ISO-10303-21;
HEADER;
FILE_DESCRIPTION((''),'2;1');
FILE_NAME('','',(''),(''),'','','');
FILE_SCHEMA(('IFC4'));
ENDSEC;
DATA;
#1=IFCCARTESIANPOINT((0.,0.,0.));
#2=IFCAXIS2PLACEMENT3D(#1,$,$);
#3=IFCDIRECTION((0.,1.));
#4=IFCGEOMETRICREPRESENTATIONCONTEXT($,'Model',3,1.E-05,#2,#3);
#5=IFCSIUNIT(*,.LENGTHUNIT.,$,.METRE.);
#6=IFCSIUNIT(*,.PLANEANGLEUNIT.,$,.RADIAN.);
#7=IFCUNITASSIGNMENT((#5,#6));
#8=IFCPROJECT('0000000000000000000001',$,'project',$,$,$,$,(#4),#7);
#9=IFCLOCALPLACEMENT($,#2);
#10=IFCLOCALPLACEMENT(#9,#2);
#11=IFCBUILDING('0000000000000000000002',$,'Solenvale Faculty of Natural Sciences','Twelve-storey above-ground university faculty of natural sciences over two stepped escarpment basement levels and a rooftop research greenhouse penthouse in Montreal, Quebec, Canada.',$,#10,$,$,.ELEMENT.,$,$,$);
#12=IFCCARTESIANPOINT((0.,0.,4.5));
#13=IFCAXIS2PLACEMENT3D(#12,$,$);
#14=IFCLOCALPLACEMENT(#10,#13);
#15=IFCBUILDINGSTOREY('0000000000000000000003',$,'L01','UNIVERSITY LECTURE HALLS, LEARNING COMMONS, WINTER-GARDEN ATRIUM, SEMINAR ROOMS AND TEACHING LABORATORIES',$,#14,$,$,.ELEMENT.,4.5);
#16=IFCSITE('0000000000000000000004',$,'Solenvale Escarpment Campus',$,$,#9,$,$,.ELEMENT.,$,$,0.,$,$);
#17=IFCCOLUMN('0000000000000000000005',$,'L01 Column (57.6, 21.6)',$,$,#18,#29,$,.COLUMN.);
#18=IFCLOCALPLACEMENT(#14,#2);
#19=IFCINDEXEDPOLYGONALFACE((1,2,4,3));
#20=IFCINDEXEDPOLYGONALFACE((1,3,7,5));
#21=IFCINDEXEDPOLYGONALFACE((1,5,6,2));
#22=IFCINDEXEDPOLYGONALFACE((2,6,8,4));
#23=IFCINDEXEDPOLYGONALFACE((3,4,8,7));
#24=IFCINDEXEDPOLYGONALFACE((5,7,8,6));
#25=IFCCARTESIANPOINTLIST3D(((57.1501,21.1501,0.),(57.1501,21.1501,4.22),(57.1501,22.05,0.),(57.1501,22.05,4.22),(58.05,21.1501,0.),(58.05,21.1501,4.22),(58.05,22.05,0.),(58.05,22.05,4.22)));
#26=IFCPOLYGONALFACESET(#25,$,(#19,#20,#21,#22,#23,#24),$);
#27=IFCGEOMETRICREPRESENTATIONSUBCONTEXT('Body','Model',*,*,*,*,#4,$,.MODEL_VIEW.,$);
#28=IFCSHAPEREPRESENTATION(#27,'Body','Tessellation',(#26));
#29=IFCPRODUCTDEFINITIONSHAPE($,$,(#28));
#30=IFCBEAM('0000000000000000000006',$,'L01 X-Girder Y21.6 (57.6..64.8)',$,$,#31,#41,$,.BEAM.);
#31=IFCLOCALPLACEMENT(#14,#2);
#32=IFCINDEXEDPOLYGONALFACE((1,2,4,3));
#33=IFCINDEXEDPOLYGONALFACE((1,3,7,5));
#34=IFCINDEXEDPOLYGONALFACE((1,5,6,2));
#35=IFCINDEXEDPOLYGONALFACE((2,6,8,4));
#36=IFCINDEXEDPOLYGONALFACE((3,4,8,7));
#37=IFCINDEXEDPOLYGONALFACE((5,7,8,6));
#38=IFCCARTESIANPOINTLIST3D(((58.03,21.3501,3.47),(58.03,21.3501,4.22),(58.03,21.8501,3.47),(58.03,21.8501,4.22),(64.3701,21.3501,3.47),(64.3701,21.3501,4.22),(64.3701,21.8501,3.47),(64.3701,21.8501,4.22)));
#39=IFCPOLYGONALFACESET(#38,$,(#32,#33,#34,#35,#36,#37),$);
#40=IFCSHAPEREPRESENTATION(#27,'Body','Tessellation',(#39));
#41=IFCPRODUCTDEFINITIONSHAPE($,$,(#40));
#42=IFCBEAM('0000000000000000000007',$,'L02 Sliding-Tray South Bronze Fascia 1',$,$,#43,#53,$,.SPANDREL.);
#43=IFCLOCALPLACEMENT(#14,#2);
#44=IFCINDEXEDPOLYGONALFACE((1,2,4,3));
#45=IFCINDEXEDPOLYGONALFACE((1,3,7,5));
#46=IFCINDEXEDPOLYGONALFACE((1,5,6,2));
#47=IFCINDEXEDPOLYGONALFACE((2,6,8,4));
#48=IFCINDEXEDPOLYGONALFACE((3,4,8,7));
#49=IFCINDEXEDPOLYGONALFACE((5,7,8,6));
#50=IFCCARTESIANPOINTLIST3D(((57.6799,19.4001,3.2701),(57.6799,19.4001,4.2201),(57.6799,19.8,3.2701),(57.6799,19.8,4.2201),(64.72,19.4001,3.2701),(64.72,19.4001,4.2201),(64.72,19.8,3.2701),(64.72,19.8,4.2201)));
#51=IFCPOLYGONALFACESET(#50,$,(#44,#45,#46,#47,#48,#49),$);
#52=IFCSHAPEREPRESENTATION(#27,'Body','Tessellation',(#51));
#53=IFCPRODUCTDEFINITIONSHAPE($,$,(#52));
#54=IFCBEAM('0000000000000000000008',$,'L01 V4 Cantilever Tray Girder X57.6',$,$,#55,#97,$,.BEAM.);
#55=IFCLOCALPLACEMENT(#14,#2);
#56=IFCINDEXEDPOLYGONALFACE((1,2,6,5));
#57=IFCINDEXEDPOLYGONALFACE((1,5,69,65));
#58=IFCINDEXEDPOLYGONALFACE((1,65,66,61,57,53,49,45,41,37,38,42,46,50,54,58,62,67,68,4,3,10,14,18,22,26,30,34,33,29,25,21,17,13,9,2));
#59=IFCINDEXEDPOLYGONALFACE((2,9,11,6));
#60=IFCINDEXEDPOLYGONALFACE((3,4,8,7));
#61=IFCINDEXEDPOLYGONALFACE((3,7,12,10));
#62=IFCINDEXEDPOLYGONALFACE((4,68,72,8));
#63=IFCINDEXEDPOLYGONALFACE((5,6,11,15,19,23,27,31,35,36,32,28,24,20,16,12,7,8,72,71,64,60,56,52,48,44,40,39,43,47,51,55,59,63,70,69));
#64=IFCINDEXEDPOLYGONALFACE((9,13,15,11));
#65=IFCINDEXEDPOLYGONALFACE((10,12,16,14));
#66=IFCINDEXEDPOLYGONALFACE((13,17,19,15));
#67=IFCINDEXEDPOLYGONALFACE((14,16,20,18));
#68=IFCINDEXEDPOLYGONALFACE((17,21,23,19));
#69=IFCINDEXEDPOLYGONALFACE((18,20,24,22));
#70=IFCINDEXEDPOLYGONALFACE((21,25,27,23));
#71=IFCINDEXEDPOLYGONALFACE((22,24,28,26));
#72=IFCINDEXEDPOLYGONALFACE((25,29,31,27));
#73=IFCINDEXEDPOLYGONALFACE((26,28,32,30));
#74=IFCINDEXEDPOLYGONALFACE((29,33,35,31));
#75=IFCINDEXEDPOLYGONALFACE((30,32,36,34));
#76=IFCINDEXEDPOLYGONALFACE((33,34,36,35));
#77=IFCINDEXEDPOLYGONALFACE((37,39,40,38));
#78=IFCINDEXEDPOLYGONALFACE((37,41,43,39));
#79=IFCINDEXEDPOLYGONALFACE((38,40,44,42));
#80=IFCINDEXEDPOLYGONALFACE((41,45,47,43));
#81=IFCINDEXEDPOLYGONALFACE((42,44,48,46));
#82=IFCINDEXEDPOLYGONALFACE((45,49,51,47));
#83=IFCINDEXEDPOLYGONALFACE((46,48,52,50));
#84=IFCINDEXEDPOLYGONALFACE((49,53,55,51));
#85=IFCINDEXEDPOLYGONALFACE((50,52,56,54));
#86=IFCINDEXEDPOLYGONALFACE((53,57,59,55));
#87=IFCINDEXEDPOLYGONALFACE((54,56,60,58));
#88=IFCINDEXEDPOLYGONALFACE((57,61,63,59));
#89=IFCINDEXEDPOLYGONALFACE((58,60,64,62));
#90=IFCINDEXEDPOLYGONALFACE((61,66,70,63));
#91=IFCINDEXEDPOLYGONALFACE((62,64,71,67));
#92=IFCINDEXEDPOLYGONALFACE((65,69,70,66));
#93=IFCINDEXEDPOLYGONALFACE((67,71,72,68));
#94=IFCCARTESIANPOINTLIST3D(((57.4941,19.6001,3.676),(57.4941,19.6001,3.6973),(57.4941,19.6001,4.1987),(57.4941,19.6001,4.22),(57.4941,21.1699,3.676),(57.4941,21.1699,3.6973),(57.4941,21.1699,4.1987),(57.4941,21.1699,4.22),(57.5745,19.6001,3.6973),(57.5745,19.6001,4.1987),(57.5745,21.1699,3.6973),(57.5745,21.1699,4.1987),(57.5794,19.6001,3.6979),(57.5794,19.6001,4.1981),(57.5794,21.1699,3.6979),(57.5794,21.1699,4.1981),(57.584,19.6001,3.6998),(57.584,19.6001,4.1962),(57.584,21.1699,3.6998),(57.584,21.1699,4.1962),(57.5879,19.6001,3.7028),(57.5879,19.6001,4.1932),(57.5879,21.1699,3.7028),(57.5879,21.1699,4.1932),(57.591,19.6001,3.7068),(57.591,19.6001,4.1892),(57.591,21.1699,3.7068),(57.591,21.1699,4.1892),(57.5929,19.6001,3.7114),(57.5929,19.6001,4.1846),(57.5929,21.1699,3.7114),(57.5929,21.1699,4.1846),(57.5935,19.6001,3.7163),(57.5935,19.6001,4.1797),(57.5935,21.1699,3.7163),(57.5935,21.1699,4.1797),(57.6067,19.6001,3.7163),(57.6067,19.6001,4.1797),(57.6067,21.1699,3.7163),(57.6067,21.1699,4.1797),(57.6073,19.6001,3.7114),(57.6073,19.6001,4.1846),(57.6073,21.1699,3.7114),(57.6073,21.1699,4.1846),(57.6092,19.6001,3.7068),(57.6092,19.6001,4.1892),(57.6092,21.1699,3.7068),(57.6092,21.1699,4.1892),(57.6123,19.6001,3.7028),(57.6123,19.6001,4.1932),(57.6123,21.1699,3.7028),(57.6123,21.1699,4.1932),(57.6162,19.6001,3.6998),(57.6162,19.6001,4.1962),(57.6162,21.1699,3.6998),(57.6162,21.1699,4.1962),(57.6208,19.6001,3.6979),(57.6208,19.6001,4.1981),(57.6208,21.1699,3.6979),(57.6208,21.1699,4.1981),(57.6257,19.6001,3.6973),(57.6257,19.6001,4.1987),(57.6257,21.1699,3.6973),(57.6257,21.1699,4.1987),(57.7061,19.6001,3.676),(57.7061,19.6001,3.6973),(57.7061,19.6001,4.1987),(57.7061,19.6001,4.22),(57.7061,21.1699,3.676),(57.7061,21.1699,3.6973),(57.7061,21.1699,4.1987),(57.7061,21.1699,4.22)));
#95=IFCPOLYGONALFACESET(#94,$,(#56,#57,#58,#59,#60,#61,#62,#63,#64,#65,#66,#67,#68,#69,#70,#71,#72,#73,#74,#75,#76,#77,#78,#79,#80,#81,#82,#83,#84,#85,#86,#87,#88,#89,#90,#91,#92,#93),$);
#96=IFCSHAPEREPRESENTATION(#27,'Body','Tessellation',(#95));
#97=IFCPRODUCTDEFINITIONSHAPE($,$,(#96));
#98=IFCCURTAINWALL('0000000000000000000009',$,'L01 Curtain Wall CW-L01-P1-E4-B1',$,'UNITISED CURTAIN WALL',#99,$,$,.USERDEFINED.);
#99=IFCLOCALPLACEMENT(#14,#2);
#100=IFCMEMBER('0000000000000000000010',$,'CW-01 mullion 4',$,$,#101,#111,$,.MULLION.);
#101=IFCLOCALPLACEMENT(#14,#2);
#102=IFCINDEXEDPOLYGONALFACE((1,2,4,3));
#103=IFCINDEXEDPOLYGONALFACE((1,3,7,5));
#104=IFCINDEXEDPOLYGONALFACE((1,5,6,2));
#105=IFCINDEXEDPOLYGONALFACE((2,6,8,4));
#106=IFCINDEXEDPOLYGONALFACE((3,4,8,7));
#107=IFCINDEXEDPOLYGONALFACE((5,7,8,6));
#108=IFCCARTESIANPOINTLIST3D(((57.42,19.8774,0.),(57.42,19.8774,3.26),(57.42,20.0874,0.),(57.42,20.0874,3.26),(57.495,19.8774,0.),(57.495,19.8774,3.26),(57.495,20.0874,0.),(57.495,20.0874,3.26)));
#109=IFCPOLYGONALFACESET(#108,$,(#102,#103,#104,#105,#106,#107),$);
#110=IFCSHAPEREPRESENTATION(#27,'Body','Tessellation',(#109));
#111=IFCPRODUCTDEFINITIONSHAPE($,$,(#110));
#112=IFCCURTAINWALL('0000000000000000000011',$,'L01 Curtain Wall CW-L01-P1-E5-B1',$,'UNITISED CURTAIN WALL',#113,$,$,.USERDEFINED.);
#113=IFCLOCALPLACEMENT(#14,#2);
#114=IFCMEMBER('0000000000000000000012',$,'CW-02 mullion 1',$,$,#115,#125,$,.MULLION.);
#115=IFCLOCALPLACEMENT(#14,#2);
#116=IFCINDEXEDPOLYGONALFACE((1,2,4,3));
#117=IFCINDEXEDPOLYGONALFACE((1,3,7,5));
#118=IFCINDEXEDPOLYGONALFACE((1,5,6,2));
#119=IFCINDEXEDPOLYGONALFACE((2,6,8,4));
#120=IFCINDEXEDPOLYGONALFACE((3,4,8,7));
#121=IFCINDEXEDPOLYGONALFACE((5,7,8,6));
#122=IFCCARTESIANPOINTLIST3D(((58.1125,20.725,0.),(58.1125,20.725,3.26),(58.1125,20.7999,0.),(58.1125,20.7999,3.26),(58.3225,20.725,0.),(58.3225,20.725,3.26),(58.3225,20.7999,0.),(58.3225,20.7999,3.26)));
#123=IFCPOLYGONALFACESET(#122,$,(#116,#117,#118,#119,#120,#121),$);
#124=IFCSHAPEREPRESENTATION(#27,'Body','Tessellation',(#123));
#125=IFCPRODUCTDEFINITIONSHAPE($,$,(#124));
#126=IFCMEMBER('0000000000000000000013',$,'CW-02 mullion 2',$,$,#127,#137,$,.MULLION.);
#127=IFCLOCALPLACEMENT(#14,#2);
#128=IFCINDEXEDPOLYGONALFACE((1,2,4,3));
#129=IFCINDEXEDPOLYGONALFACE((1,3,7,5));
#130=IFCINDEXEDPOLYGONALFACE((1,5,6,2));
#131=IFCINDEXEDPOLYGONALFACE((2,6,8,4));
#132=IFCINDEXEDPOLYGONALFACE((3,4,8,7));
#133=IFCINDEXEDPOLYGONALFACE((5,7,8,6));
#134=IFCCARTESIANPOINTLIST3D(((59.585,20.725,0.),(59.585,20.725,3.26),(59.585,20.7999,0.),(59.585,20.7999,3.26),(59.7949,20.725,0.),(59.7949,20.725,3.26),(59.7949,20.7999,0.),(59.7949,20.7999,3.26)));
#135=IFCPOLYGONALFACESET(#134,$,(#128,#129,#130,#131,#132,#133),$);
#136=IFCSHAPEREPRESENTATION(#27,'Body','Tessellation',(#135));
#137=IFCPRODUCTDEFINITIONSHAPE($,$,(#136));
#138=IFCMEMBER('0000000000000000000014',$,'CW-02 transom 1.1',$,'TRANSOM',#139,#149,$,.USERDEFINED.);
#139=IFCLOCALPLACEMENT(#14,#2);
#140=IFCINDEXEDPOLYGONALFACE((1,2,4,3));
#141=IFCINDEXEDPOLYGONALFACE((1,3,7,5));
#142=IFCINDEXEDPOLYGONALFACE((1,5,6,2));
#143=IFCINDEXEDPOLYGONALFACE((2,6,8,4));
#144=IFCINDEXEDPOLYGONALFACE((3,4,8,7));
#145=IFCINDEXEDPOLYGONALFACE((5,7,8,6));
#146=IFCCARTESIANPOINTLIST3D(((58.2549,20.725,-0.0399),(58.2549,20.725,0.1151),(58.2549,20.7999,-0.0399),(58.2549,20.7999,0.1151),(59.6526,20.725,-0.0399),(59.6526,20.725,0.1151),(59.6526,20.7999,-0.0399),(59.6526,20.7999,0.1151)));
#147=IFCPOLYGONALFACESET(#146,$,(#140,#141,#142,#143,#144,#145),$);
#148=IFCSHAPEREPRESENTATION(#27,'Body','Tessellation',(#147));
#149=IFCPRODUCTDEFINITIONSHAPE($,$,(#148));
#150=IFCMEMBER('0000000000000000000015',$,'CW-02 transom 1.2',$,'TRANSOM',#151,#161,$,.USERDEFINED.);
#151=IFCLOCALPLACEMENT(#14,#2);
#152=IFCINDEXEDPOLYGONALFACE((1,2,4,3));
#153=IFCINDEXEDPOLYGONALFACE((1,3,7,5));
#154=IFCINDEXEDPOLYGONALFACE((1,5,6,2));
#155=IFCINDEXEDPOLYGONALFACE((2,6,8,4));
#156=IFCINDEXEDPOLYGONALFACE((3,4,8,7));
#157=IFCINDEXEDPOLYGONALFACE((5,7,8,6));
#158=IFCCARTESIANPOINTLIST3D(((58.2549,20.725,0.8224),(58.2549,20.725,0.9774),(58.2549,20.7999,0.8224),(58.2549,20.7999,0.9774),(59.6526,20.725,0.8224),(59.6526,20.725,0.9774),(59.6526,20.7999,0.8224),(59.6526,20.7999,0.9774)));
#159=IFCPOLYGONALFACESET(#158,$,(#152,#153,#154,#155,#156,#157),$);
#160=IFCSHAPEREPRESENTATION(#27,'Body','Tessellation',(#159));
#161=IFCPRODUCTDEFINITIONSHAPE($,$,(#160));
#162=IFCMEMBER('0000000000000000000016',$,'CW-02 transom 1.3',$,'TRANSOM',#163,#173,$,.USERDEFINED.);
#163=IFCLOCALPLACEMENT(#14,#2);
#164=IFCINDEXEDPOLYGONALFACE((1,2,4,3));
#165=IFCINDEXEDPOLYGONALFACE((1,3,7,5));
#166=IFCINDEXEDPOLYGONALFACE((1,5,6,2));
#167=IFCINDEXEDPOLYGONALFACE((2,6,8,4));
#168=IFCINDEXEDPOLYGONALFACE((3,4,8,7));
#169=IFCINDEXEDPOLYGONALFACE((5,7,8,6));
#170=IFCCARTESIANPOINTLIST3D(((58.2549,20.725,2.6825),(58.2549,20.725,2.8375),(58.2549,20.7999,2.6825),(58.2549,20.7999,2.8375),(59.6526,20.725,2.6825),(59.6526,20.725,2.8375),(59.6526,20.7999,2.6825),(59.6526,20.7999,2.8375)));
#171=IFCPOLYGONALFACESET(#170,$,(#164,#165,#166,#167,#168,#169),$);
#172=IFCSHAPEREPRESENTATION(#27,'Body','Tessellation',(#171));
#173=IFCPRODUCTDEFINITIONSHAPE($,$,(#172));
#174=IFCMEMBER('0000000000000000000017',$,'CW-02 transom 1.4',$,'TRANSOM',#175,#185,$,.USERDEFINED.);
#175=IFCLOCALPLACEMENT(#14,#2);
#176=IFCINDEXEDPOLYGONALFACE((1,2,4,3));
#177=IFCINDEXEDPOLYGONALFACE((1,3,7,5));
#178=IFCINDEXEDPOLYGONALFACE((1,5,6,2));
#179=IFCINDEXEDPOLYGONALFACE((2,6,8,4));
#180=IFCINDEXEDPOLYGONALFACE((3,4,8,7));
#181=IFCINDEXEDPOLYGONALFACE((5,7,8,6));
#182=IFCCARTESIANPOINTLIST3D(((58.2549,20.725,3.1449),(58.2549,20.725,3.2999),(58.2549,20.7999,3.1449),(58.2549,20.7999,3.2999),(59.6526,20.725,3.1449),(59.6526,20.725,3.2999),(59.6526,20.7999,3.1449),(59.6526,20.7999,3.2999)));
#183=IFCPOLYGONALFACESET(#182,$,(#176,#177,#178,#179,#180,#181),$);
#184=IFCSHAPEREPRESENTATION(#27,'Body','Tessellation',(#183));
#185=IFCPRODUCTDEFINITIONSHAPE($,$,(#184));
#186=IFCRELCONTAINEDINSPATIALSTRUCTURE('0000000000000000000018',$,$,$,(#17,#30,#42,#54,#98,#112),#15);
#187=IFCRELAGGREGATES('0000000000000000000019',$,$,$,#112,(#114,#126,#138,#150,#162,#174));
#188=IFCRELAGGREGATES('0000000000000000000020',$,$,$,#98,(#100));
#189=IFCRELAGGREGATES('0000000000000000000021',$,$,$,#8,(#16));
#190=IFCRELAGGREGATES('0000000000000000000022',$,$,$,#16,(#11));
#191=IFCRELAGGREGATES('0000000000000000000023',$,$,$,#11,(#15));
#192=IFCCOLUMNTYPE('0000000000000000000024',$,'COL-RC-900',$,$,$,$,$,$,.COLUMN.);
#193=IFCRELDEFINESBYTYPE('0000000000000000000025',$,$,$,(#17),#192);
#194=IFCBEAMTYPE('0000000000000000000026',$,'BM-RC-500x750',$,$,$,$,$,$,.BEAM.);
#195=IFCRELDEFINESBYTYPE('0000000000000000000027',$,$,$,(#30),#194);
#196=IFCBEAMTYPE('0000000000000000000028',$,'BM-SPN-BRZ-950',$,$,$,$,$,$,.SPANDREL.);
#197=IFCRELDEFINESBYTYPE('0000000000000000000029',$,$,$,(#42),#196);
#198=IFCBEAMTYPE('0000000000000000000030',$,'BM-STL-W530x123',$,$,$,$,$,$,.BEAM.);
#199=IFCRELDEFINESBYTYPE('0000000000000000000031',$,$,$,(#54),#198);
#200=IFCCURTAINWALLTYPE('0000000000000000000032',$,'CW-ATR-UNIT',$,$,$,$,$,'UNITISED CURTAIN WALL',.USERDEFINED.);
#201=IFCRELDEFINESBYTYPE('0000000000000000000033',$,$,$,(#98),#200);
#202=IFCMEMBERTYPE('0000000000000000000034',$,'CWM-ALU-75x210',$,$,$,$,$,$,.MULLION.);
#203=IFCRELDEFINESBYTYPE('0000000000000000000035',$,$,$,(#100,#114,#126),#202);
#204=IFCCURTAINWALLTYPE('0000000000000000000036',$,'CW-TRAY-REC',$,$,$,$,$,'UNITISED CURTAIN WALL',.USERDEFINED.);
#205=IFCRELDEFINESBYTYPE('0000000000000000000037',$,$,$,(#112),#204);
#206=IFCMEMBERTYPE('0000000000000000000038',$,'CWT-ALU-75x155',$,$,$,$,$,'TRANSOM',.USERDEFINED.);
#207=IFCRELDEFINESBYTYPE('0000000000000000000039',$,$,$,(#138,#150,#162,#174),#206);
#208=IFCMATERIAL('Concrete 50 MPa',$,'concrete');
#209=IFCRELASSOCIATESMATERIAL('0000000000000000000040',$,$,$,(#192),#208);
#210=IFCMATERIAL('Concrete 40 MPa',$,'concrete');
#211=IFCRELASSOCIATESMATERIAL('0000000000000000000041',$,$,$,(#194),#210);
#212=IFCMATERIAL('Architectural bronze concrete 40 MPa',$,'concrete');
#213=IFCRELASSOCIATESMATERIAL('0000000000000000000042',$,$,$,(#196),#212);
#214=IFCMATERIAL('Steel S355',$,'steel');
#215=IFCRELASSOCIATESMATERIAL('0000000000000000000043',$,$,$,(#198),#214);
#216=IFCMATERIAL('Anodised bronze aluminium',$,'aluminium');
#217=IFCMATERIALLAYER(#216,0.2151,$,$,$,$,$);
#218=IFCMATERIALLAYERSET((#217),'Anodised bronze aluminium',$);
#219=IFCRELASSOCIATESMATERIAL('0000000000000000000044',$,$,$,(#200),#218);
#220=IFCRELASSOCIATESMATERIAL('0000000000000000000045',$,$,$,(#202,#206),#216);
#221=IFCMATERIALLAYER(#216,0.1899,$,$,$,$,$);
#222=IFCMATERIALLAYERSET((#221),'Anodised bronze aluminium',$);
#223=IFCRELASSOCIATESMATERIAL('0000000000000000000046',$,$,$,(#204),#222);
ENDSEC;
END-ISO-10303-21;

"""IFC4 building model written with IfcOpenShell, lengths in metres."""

from ifc_helpers import new_model, si_unit, direction, frame, origin, origin_2d, place, context, subcontext, project, spatial, rectangle, i_section, extrude, material, layer, layer_set, material_profile, profile_set, type_object, element, aggregate, save


model = new_model("IFC4")

# Units and contexts
model_context = context("Model", 3, precision=1e-05, world=origin(), true_north=direction((0.0, 1.0)))
body_context = subcontext(model_context, "Body", "Model", "MODEL_VIEW")
ifc_project = project(units=[si_unit("LENGTHUNIT", "METRE"), si_unit("PLANEANGLEUNIT", "RADIAN")], contexts=[model_context])

# Site, building, storey
site_placement = place(None, origin())
site = spatial("IfcSite", under=ifc_project, at=site_placement, Name="Solenvale Escarpment Campus", CompositionType="ELEMENT", RefElevation=0.0)
building_placement = place(site_placement, origin())
building = spatial("IfcBuilding", under=site, at=building_placement, Name="Solenvale Faculty of Natural Sciences", Description="Twelve-storey above-ground university faculty of natural sciences over two stepped escarpment basement levels and a rooftop research greenhouse penthouse in Montreal, Quebec, Canada.", CompositionType="ELEMENT")
storey_placement = place(building_placement, frame((0.0, 0.0, 4.5)))
storey = spatial("IfcBuildingStorey", under=building, at=storey_placement, Name="L01", Description="UNIVERSITY LECTURE HALLS, LEARNING COMMONS, WINTER-GARDEN ATRIUM, SEMINAR ROOMS AND TEACHING LABORATORIES", CompositionType="ELEMENT", Elevation=4.5)

# Column
ifc_material_1 = material(Name="Concrete 50 MPa", Category="concrete")
ifc_material_profile_1 = material_profile(ifc_material_1, rectangle(XDim=0.8999, YDim=0.8999, at=origin_2d()), Name="RC-COL-900x900")
ifc_profile_set_1 = profile_set([ifc_material_profile_1], Name="Concrete 50 MPa")
column_type = type_object("IfcColumnType", Name="COL-RC-900", PredefinedType="COLUMN", material=ifc_profile_set_1)
column_placement = place(storey_placement, frame((57.6001, 21.6001, 0.0), z_axis=(0.0, 0.0, 1.0), x_axis=(1.0, 0.0, 0.0)))
element("IfcColumn", 1, at=column_placement, inside=storey, type_object=column_type, Name="L01 Column (57.6, 21.6)", PredefinedType="COLUMN", context=body_context, shape_type="SweptSolid", body=[
    extrude(rectangle(XDim=0.8999, YDim=0.8999, at=origin_2d()), origin(), (0.0, 0.0, 1.0), 4.22),
])

# Beams
ifc_material_2 = material(Name="Concrete 40 MPa", Category="concrete")
ifc_material_profile_2 = material_profile(ifc_material_2, rectangle(XDim=0.5, YDim=0.75, at=origin_2d()), Name="RC-BM-500x750")
ifc_profile_set_2 = profile_set([ifc_material_profile_2], Name="Concrete 40 MPa")
beam_type_1 = type_object("IfcBeamType", Name="BM-RC-500x750", PredefinedType="BEAM", material=ifc_profile_set_2)
beam_1_placement = place(storey_placement, frame((58.03, 21.6001, 3.845), z_axis=(1.0, 0.0, 0.0), x_axis=(0.0, 1.0, 0.0)))
element("IfcBeam", 2, at=beam_1_placement, inside=storey, type_object=beam_type_1, Name="L01 X-Girder Y21.6 (57.6..64.8)", PredefinedType="BEAM", context=body_context, shape_type="SweptSolid", body=[
    extrude(rectangle(XDim=0.5, YDim=0.75, at=origin_2d()), origin(), (0.0, 0.0, 1.0), 6.3401),
])
ifc_material_3 = material(Name="Architectural bronze concrete 40 MPa", Category="concrete")
ifc_material_profile_3 = material_profile(ifc_material_3, rectangle(XDim=0.3999, YDim=0.95, at=origin_2d()), Name="RC-SPN-400x950")
ifc_profile_set_3 = profile_set([ifc_material_profile_3], Name="Architectural bronze concrete 40 MPa")
beam_type_2 = type_object("IfcBeamType", Name="BM-SPN-BRZ-950", PredefinedType="SPANDREL", material=ifc_profile_set_3)
beam_2_placement = place(storey_placement, frame((57.6799, 19.6001, 3.7451), z_axis=(1.0, 0.0, 0.0), x_axis=(0.0, 1.0, 0.0)))
element("IfcBeam", 3, at=beam_2_placement, inside=storey, type_object=beam_type_2, Name="L02 Sliding-Tray South Bronze Fascia 1", PredefinedType="SPANDREL", context=body_context, shape_type="SweptSolid", body=[
    extrude(rectangle(XDim=0.3999, YDim=0.95, at=origin_2d()), origin(), (0.0, 0.0, 1.0), 7.04),
])
ifc_material_4 = material(Name="Steel S355", Category="steel")
ifc_material_profile_4 = material_profile(ifc_material_4, i_section(OverallWidth=0.2119, OverallDepth=0.5439, WebThickness=0.0132, FlangeThickness=0.0212, FilletRadius=0.019, at=origin_2d()), Name="W530x123")
ifc_profile_set_4 = profile_set([ifc_material_profile_4], Name="Steel S355")
beam_type_3 = type_object("IfcBeamType", Name="BM-STL-W530x123", PredefinedType="BEAM", material=ifc_profile_set_4)
beam_3_placement = place(storey_placement, frame((57.6001, 21.1699, 3.948), z_axis=(0.0, -1.0, 0.0), x_axis=(1.0, 0.0, 0.0)))
element("IfcBeam", 4, at=beam_3_placement, inside=storey, type_object=beam_type_3, Name="L01 V4 Cantilever Tray Girder X57.6", PredefinedType="BEAM", context=body_context, shape_type="SweptSolid", body=[
    extrude(i_section(OverallWidth=0.2119, OverallDepth=0.5439, WebThickness=0.0132, FlangeThickness=0.0212, FilletRadius=0.019, at=origin_2d()), origin(), (0.0, 0.0, 1.0), 1.5698),
])

# Curtain wall, member
ifc_material_5 = material(Name="Anodised bronze aluminium", Category="aluminium")
ifc_layer_1 = layer(ifc_material_5, 0.2151)
ifc_layer_set_1 = layer_set([ifc_layer_1], Name="Anodised bronze aluminium")
curtain_wall_type_1 = type_object("IfcCurtainWallType", Name="CW-ATR-UNIT", ElementType="UNITISED CURTAIN WALL", PredefinedType="USERDEFINED", material=ifc_layer_set_1)
curtain_wall_1_placement = place(storey_placement, origin())
curtain_wall_1 = element("IfcCurtainWall", 5, at=curtain_wall_1_placement, inside=storey, type_object=curtain_wall_type_1, Name="L01 Curtain Wall CW-L01-P1-E4-B1", ObjectType="UNITISED CURTAIN WALL", PredefinedType="USERDEFINED")
ifc_material_profile_5 = material_profile(ifc_material_5, rectangle(XDim=0.075, YDim=0.21, at=origin_2d()), Name="ALU-MUL-75x210")
ifc_profile_set_5 = profile_set([ifc_material_profile_5], Name="Anodised bronze aluminium")
member_type_1 = type_object("IfcMemberType", Name="CWM-ALU-75x210", PredefinedType="MULLION", material=ifc_profile_set_5)
member_1_placement = place(storey_placement, frame((57.4575, 19.9824, 0.0), z_axis=(0.0, 0.0, 1.0), x_axis=(-1.0, 0.0, 0.0)))
member_1 = element("IfcMember", 6, at=member_1_placement, type_object=member_type_1, Name="CW-01 mullion 4", PredefinedType="MULLION", context=body_context, shape_type="SweptSolid", body=[
    extrude(rectangle(XDim=0.075, YDim=0.21, at=origin_2d()), origin(), (0.0, 0.0, 1.0), 3.26),
])

# Curtain wall, members
ifc_layer_2 = layer(ifc_material_5, 0.1899)
ifc_layer_set_2 = layer_set([ifc_layer_2], Name="Anodised bronze aluminium")
curtain_wall_type_2 = type_object("IfcCurtainWallType", Name="CW-TRAY-REC", ElementType="UNITISED CURTAIN WALL", PredefinedType="USERDEFINED", material=ifc_layer_set_2)
curtain_wall_2_placement = place(storey_placement, origin())
curtain_wall_2 = element("IfcCurtainWall", 7, at=curtain_wall_2_placement, inside=storey, type_object=curtain_wall_type_2, Name="L01 Curtain Wall CW-L01-P1-E5-B1", ObjectType="UNITISED CURTAIN WALL", PredefinedType="USERDEFINED")
member_2_placement = place(storey_placement, frame((58.2175, 20.7625, 0.0), z_axis=(0.0, 0.0, 1.0), x_axis=(0.0, 1.0, 0.0)))
member_2 = element("IfcMember", 8, at=member_2_placement, type_object=member_type_1, Name="CW-02 mullion 1", PredefinedType="MULLION", context=body_context, shape_type="SweptSolid", body=[
    extrude(rectangle(XDim=0.075, YDim=0.21, at=origin_2d()), origin(), (0.0, 0.0, 1.0), 3.26),
])
member_3_placement = place(storey_placement, frame((59.6899, 20.7625, 0.0), z_axis=(0.0, 0.0, 1.0), x_axis=(0.0, 1.0, 0.0)))
member_3 = element("IfcMember", 9, at=member_3_placement, type_object=member_type_1, Name="CW-02 mullion 2", PredefinedType="MULLION", context=body_context, shape_type="SweptSolid", body=[
    extrude(rectangle(XDim=0.075, YDim=0.21, at=origin_2d()), origin(), (0.0, 0.0, 1.0), 3.26),
])
ifc_material_profile_6 = material_profile(ifc_material_5, rectangle(XDim=0.075, YDim=0.155, at=origin_2d()), Name="ALU-TRN-75x155")
ifc_profile_set_6 = profile_set([ifc_material_profile_6], Name="Anodised bronze aluminium")
member_type_2 = type_object("IfcMemberType", Name="CWT-ALU-75x155", ElementType="TRANSOM", PredefinedType="USERDEFINED", material=ifc_profile_set_6)
member_4_placement = place(storey_placement, frame((58.2549, 20.7625, 0.0376), z_axis=(1.0, 0.0, 0.0), x_axis=(0.0, 1.0, 0.0)))
member_4 = element("IfcMember", 10, at=member_4_placement, type_object=member_type_2, Name="CW-02 transom 1.1", ObjectType="TRANSOM", PredefinedType="USERDEFINED", context=body_context, shape_type="SweptSolid", body=[
    extrude(rectangle(XDim=0.075, YDim=0.155, at=origin_2d()), origin(), (0.0, 0.0, 1.0), 1.3977),
])
member_5_placement = place(storey_placement, frame((58.2549, 20.7625, 0.8999), z_axis=(1.0, 0.0, 0.0), x_axis=(0.0, 1.0, 0.0)))
member_5 = element("IfcMember", 11, at=member_5_placement, type_object=member_type_2, Name="CW-02 transom 1.2", ObjectType="TRANSOM", PredefinedType="USERDEFINED", context=body_context, shape_type="SweptSolid", body=[
    extrude(rectangle(XDim=0.075, YDim=0.155, at=origin_2d()), origin(), (0.0, 0.0, 1.0), 1.3977),
])
member_6_placement = place(storey_placement, frame((58.2549, 20.7625, 2.76), z_axis=(1.0, 0.0, 0.0), x_axis=(0.0, 1.0, 0.0)))
member_6 = element("IfcMember", 12, at=member_6_placement, type_object=member_type_2, Name="CW-02 transom 1.3", ObjectType="TRANSOM", PredefinedType="USERDEFINED", context=body_context, shape_type="SweptSolid", body=[
    extrude(rectangle(XDim=0.075, YDim=0.155, at=origin_2d()), origin(), (0.0, 0.0, 1.0), 1.3977),
])
member_7_placement = place(storey_placement, frame((58.2549, 20.7625, 3.2224), z_axis=(1.0, 0.0, 0.0), x_axis=(0.0, 1.0, 0.0)))
member_7 = element("IfcMember", 13, at=member_7_placement, type_object=member_type_2, Name="CW-02 transom 1.4", ObjectType="TRANSOM", PredefinedType="USERDEFINED", context=body_context, shape_type="SweptSolid", body=[
    extrude(rectangle(XDim=0.075, YDim=0.155, at=origin_2d()), origin(), (0.0, 0.0, 1.0), 1.3977),
])
aggregate(curtain_wall_2, [member_2, member_3, member_4, member_5, member_6, member_7])

aggregate(curtain_wall_1, [member_1])

save(model, "model.ifc")
